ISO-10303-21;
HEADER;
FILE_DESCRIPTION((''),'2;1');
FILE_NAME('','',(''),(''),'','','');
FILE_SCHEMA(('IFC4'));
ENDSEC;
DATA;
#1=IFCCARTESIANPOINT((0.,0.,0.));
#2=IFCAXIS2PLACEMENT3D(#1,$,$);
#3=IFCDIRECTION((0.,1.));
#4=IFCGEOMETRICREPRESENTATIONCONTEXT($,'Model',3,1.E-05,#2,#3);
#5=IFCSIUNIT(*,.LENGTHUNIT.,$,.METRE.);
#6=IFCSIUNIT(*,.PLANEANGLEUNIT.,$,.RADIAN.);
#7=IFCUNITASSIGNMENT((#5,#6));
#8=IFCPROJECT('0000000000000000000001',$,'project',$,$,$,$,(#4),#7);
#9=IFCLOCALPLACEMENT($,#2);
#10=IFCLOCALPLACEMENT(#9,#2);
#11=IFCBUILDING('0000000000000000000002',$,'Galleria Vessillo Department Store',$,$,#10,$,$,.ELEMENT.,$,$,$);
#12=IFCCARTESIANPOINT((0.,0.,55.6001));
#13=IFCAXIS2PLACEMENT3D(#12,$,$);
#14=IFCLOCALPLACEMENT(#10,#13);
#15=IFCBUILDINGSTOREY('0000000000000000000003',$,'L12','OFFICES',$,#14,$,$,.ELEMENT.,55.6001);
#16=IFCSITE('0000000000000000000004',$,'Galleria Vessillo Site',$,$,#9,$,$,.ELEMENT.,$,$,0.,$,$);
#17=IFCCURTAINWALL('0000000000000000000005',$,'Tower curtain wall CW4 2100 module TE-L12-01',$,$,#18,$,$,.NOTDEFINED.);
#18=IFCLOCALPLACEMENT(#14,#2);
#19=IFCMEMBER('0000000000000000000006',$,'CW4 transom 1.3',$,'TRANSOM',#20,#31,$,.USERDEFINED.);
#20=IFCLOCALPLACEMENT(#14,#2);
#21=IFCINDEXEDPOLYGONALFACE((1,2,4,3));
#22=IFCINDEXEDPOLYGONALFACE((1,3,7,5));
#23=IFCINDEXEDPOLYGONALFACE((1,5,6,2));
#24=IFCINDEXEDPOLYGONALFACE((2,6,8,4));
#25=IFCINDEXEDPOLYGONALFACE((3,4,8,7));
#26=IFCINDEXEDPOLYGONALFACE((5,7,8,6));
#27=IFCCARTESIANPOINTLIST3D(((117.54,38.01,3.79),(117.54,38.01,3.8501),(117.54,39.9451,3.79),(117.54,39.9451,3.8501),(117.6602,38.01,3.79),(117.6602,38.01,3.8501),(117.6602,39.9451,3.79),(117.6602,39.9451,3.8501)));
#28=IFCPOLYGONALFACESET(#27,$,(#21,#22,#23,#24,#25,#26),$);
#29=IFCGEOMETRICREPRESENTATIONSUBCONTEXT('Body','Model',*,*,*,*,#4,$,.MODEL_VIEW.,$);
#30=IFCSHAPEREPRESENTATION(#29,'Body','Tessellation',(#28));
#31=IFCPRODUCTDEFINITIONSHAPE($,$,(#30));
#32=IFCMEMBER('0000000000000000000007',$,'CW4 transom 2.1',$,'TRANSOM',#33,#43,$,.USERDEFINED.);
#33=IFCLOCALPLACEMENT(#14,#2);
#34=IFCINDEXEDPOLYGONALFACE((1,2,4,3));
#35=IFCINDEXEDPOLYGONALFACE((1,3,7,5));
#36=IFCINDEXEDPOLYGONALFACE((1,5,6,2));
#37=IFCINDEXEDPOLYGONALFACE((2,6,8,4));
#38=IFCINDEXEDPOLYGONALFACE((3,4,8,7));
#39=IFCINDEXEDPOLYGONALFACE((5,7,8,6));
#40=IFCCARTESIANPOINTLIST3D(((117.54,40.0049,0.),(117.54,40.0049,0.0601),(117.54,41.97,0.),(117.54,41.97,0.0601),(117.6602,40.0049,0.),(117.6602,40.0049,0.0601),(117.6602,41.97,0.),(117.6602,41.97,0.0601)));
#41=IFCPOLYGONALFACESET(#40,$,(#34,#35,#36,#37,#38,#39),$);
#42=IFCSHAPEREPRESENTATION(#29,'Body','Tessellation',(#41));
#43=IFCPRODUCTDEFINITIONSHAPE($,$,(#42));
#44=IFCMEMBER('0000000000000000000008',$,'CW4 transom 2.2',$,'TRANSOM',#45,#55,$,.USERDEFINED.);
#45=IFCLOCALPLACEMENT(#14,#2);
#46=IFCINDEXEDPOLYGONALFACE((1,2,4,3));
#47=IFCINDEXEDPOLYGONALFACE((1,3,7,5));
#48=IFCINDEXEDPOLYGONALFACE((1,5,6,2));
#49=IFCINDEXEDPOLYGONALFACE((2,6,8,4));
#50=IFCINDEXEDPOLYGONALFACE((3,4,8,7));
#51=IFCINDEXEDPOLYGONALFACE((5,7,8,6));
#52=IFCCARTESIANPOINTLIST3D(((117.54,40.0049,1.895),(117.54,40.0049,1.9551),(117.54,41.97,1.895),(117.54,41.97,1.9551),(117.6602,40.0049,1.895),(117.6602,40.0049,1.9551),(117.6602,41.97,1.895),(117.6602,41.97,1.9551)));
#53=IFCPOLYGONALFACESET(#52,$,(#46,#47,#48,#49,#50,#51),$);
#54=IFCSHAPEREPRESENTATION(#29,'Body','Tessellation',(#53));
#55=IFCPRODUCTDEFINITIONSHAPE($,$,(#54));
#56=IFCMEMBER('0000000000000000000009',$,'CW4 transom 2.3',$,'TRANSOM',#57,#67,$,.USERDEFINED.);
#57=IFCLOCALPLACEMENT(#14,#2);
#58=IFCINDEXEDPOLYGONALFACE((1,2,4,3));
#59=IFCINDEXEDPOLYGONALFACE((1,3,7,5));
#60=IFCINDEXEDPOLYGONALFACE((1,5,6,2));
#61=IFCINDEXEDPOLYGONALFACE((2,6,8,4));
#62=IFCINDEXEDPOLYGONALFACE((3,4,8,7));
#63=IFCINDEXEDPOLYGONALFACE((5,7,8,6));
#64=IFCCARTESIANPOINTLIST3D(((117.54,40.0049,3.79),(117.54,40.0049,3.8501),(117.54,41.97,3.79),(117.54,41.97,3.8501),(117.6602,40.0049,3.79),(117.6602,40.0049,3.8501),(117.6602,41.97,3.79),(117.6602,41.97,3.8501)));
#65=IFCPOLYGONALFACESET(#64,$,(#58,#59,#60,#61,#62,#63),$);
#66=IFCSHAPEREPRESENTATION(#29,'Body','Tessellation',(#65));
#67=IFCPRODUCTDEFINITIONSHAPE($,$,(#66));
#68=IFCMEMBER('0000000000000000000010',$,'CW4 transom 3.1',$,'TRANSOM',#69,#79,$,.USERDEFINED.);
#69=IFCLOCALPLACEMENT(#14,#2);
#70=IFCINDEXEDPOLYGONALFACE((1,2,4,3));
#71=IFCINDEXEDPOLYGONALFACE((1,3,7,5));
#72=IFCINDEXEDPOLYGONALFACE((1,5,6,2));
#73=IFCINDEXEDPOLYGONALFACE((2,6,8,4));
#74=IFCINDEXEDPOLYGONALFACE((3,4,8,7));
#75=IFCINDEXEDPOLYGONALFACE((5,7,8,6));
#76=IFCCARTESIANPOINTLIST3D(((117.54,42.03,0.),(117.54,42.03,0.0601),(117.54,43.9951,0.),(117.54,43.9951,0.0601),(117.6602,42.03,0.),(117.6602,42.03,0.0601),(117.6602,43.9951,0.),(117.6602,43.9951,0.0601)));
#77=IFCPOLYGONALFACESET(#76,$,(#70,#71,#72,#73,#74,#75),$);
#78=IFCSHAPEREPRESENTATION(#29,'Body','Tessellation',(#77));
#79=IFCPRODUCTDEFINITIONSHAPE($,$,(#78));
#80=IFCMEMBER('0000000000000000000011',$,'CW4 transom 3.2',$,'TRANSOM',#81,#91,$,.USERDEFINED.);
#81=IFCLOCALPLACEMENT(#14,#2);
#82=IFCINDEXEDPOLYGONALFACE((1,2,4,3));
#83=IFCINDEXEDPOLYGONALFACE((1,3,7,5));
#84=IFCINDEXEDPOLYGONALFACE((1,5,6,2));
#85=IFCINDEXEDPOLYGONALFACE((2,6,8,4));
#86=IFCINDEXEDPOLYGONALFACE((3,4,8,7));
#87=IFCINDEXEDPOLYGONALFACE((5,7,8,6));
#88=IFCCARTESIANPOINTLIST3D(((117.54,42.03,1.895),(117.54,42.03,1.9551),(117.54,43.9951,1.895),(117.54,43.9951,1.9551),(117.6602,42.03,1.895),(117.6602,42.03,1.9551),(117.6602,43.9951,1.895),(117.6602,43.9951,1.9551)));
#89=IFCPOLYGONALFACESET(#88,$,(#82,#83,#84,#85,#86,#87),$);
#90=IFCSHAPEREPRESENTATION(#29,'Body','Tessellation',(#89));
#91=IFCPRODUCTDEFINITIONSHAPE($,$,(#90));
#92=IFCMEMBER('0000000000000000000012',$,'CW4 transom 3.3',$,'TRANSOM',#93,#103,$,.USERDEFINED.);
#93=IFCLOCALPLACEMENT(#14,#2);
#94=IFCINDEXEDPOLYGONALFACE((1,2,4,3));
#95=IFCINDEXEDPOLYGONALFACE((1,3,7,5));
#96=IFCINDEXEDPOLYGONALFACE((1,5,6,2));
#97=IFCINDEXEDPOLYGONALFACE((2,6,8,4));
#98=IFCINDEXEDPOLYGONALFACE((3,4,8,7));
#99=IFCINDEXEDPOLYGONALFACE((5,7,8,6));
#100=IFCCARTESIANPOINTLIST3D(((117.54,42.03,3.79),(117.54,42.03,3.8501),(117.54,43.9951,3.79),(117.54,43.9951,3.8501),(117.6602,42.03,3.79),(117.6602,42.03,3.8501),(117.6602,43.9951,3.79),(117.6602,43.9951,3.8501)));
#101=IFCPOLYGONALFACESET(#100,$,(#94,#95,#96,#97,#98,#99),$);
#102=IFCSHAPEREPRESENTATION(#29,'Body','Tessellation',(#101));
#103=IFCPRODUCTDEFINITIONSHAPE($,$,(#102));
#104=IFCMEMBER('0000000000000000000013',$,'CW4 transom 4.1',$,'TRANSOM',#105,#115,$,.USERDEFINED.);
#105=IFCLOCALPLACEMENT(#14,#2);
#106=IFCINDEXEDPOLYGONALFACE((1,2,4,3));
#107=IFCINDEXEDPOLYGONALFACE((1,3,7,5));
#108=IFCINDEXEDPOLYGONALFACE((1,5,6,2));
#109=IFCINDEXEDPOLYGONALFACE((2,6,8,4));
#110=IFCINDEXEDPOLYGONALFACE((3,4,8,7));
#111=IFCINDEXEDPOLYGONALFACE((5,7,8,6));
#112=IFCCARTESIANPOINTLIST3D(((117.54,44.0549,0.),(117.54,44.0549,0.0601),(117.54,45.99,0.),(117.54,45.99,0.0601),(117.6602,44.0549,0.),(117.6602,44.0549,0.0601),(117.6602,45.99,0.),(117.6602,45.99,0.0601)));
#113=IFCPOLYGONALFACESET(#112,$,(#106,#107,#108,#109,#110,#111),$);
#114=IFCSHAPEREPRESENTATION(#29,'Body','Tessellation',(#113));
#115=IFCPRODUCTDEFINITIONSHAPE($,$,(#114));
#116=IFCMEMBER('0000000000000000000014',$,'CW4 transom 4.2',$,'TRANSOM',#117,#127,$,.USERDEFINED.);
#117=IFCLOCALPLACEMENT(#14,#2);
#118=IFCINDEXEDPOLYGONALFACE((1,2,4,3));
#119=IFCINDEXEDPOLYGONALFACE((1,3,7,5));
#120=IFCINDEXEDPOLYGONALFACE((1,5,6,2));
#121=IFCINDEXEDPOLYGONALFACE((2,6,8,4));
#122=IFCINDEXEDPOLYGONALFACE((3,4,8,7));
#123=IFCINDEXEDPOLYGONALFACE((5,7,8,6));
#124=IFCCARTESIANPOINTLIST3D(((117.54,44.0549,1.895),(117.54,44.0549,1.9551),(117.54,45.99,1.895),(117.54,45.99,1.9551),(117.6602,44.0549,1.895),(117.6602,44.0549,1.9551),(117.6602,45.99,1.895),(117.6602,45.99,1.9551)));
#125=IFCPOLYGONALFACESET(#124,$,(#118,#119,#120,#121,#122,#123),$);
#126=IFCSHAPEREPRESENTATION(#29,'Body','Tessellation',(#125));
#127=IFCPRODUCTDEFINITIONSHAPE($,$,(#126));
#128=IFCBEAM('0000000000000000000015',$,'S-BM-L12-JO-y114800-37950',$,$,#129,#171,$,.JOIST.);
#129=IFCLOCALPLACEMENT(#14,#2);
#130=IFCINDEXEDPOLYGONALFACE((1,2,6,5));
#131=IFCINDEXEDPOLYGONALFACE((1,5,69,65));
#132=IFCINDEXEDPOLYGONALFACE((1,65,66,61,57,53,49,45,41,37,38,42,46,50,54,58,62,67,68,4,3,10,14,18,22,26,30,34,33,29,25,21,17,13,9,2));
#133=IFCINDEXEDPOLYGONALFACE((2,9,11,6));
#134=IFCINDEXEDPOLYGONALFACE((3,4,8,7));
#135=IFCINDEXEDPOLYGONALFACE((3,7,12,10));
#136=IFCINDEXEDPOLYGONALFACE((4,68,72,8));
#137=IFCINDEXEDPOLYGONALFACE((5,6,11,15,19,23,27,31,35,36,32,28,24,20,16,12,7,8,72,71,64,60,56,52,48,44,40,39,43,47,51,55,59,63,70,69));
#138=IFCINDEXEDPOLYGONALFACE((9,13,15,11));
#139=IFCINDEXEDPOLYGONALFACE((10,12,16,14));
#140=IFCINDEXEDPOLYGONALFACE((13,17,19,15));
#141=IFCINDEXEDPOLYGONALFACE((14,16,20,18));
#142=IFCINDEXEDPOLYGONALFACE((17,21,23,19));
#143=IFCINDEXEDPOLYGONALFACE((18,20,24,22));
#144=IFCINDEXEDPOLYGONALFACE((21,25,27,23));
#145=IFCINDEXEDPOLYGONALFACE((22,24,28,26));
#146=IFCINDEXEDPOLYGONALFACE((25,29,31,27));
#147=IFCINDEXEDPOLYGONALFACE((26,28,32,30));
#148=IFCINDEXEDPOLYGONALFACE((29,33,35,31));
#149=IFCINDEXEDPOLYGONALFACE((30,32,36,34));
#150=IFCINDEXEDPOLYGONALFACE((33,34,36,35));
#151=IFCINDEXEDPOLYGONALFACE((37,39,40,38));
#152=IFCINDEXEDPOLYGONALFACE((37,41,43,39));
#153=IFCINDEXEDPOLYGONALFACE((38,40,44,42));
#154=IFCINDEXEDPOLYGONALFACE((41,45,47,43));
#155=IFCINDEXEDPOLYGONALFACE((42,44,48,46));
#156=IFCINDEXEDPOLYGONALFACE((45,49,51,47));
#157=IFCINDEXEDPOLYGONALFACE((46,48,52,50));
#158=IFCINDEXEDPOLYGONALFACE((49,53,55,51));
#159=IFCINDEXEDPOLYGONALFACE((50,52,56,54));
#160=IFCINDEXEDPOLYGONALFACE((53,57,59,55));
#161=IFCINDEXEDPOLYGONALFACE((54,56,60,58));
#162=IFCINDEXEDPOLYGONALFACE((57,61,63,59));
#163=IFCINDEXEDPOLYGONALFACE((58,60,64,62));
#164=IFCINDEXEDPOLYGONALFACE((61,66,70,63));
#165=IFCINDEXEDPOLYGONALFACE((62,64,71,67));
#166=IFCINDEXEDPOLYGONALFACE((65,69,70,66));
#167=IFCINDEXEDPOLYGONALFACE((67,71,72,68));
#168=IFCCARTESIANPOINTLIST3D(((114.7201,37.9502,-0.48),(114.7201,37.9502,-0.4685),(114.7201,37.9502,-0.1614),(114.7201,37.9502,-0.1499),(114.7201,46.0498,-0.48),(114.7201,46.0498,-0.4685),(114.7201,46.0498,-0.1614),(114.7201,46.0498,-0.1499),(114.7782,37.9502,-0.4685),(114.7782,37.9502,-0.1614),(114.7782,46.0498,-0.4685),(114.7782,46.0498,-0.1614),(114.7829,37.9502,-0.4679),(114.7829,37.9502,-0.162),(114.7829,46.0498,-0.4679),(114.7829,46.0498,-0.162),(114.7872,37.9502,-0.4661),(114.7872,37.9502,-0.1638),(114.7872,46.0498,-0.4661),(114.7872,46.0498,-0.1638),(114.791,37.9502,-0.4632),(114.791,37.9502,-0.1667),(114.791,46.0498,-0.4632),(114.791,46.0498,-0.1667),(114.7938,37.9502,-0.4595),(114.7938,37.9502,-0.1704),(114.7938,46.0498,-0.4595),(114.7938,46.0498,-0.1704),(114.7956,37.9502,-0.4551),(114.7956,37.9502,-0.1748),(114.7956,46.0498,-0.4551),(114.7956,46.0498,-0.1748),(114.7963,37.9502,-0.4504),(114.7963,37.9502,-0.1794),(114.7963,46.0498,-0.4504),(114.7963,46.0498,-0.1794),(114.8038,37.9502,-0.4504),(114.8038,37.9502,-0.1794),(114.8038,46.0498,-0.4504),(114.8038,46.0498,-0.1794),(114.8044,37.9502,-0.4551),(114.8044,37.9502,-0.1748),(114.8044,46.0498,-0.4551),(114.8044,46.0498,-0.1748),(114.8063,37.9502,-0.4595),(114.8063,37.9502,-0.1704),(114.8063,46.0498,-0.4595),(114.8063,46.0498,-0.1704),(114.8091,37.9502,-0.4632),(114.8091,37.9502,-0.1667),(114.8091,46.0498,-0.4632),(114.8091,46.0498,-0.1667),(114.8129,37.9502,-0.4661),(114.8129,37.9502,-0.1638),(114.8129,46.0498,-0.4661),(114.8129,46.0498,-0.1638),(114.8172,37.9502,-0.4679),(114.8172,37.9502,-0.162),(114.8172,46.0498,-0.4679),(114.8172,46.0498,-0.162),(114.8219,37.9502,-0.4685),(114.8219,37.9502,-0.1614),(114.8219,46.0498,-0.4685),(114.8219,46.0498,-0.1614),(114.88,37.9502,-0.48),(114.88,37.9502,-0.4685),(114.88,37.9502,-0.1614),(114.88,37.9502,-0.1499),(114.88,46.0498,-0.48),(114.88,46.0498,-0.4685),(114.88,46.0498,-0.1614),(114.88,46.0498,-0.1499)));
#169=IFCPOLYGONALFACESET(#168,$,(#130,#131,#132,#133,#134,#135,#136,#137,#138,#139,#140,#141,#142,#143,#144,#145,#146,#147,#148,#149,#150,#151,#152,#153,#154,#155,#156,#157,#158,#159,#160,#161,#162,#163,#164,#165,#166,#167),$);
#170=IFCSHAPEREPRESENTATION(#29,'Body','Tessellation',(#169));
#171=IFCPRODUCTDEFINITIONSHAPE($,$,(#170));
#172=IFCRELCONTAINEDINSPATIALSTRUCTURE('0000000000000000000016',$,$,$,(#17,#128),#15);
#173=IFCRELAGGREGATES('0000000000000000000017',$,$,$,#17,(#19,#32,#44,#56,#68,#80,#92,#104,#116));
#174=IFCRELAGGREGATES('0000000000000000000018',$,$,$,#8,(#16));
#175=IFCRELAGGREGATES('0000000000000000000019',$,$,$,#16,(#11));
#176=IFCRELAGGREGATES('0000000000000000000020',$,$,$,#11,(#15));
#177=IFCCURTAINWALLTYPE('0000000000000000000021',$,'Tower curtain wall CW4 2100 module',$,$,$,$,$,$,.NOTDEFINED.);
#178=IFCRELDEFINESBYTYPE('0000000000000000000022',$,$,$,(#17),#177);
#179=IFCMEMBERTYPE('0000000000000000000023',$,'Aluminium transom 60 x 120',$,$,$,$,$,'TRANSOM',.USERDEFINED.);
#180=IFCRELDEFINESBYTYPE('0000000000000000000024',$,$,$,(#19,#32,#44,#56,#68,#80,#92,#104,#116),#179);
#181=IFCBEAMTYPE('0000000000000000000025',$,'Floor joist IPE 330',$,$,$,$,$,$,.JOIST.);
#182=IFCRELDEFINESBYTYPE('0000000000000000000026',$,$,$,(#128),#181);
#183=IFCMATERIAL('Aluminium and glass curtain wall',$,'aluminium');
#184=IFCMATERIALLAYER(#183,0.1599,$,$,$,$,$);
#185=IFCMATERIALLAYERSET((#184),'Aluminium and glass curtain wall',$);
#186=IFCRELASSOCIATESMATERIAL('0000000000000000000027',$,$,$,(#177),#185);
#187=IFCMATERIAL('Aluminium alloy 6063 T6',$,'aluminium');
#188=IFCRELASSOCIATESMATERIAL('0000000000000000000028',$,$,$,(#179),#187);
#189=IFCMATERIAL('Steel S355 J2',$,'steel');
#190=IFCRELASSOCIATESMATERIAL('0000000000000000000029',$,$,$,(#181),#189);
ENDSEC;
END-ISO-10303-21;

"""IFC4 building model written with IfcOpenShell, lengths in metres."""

from ifc_helpers import new_model, si_unit, direction, frame, origin, origin_2d, place, context, subcontext, project, spatial, rectangle, i_section, extrude, material, layer, layer_set, material_profile, profile_set, type_object, element, aggregate, save


model = new_model("IFC4")

# Units and contexts
model_context = context("Model", 3, precision=1e-05, world=origin(), true_north=direction((0.0, 1.0)))
body_context = subcontext(model_context, "Body", "Model", "MODEL_VIEW")
ifc_project = project(units=[si_unit("LENGTHUNIT", "METRE"), si_unit("PLANEANGLEUNIT", "RADIAN")], contexts=[model_context])

# Site, building, storey
site_placement = place(None, origin())
site = spatial("IfcSite", under=ifc_project, at=site_placement, Name="Galleria Vessillo Site", CompositionType="ELEMENT", RefElevation=0.0)
building_placement = place(site_placement, origin())
building = spatial("IfcBuilding", under=site, at=building_placement, Name="Galleria Vessillo Department Store", CompositionType="ELEMENT")
storey_placement = place(building_placement, frame((0.0, 0.0, 55.6001)))
storey = spatial("IfcBuildingStorey", under=building, at=storey_placement, Name="L12", Description="OFFICES", CompositionType="ELEMENT", Elevation=55.6001)

# Curtain wall
ifc_material_1 = material(Name="Aluminium and glass curtain wall", Category="aluminium")
ifc_layer_1 = layer(ifc_material_1, 0.1599)
ifc_layer_set_1 = layer_set([ifc_layer_1], Name="Aluminium and glass curtain wall")
curtain_wall_type = type_object("IfcCurtainWallType", Name="Tower curtain wall CW4 2100 module", PredefinedType="NOTDEFINED", material=ifc_layer_set_1)
curtain_wall_1_placement = place(storey_placement, origin())
curtain_wall_1 = element("IfcCurtainWall", 1, at=curtain_wall_1_placement, inside=storey, type_object=curtain_wall_type, Name="Tower curtain wall CW4 2100 module TE-L12-01", PredefinedType="NOTDEFINED")

# Members
ifc_material_2 = material(Name="Aluminium alloy 6063 T6", Category="aluminium")
ifc_material_profile_1 = material_profile(ifc_material_2, rectangle(XDim=0.1201, YDim=0.0601, at=origin_2d()), Name="AL 60x120")
ifc_profile_set_1 = profile_set([ifc_material_profile_1], Name="Aluminium alloy 6063 T6")
member_type_1 = type_object("IfcMemberType", Name="Aluminium transom 60 x 120", ElementType="TRANSOM", PredefinedType="USERDEFINED", material=ifc_profile_set_1)
member_1_placement = place(storey_placement, frame((117.6001, 38.01, 3.8201), z_axis=(0.0, 1.0, 0.0), x_axis=(-1.0, 0.0, 0.0)))
member_1 = element("IfcMember", 2, at=member_1_placement, type_object=member_type_1, Name="CW4 transom 1.3", ObjectType="TRANSOM", PredefinedType="USERDEFINED", context=body_context, shape_type="SweptSolid", body=[
    extrude(rectangle(XDim=0.1201, YDim=0.0601, at=origin_2d()), origin(), (0.0, 0.0, 1.0), 1.9351),
])
member_2_placement = place(storey_placement, frame((117.6001, 40.0049, 0.03), z_axis=(0.0, 1.0, 0.0), x_axis=(-1.0, 0.0, 0.0)))
member_2 = element("IfcMember", 3, at=member_2_placement, type_object=member_type_1, Name="CW4 transom 2.1", ObjectType="TRANSOM", PredefinedType="USERDEFINED", context=body_context, shape_type="SweptSolid", body=[
    extrude(rectangle(XDim=0.1201, YDim=0.0601, at=origin_2d()), origin(), (0.0, 0.0, 1.0), 1.9651),
])
member_3_placement = place(storey_placement, frame((117.6001, 40.0049, 1.925), z_axis=(0.0, 1.0, 0.0), x_axis=(-1.0, 0.0, 0.0)))
member_3 = element("IfcMember", 4, at=member_3_placement, type_object=member_type_1, Name="CW4 transom 2.2", ObjectType="TRANSOM", PredefinedType="USERDEFINED", context=body_context, shape_type="SweptSolid", body=[
    extrude(rectangle(XDim=0.1201, YDim=0.0601, at=origin_2d()), origin(), (0.0, 0.0, 1.0), 1.9651),
])
member_4_placement = place(storey_placement, frame((117.6001, 40.0049, 3.8201), z_axis=(0.0, 1.0, 0.0), x_axis=(-1.0, 0.0, 0.0)))
member_4 = element("IfcMember", 5, at=member_4_placement, type_object=member_type_1, Name="CW4 transom 2.3", ObjectType="TRANSOM", PredefinedType="USERDEFINED", context=body_context, shape_type="SweptSolid", body=[
    extrude(rectangle(XDim=0.1201, YDim=0.0601, at=origin_2d()), origin(), (0.0, 0.0, 1.0), 1.9651),
])
member_5_placement = place(storey_placement, frame((117.6001, 42.03, 0.03), z_axis=(0.0, 1.0, 0.0), x_axis=(-1.0, 0.0, 0.0)))
member_5 = element("IfcMember", 6, at=member_5_placement, type_object=member_type_1, Name="CW4 transom 3.1", ObjectType="TRANSOM", PredefinedType="USERDEFINED", context=body_context, shape_type="SweptSolid", body=[
    extrude(rectangle(XDim=0.1201, YDim=0.0601, at=origin_2d()), origin(), (0.0, 0.0, 1.0), 1.9651),
])
member_6_placement = place(storey_placement, frame((117.6001, 42.03, 1.925), z_axis=(0.0, 1.0, 0.0), x_axis=(-1.0, 0.0, 0.0)))
member_6 = element("IfcMember", 7, at=member_6_placement, type_object=member_type_1, Name="CW4 transom 3.2", ObjectType="TRANSOM", PredefinedType="USERDEFINED", context=body_context, shape_type="SweptSolid", body=[
    extrude(rectangle(XDim=0.1201, YDim=0.0601, at=origin_2d()), origin(), (0.0, 0.0, 1.0), 1.9651),
])
member_7_placement = place(storey_placement, frame((117.6001, 42.03, 3.8201), z_axis=(0.0, 1.0, 0.0), x_axis=(-1.0, 0.0, 0.0)))
member_7 = element("IfcMember", 8, at=member_7_placement, type_object=member_type_1, Name="CW4 transom 3.3", ObjectType="TRANSOM", PredefinedType="USERDEFINED", context=body_context, shape_type="SweptSolid", body=[
    extrude(rectangle(XDim=0.1201, YDim=0.0601, at=origin_2d()), origin(), (0.0, 0.0, 1.0), 1.9651),
])
member_8_placement = place(storey_placement, frame((117.6001, 44.0549, 0.03), z_axis=(0.0, 1.0, 0.0), x_axis=(-1.0, 0.0, 0.0)))
member_8 = element("IfcMember", 9, at=member_8_placement, type_object=member_type_1, Name="CW4 transom 4.1", ObjectType="TRANSOM", PredefinedType="USERDEFINED", context=body_context, shape_type="SweptSolid", body=[
    extrude(rectangle(XDim=0.1201, YDim=0.0601, at=origin_2d()), origin(), (0.0, 0.0, 1.0), 1.9351),
])
member_9_placement = place(storey_placement, frame((117.6001, 44.0549, 1.925), z_axis=(0.0, 1.0, 0.0), x_axis=(-1.0, 0.0, 0.0)))
member_9 = element("IfcMember", 10, at=member_9_placement, type_object=member_type_1, Name="CW4 transom 4.2", ObjectType="TRANSOM", PredefinedType="USERDEFINED", context=body_context, shape_type="SweptSolid", body=[
    extrude(rectangle(XDim=0.1201, YDim=0.0601, at=origin_2d()), origin(), (0.0, 0.0, 1.0), 1.9351),
])

# Beam
ifc_material_3 = material(Name="Steel S355 J2", Category="steel")
ifc_material_profile_2 = material_profile(ifc_material_3, i_section(OverallWidth=0.1599, OverallDepth=0.3301, WebThickness=0.0076, FlangeThickness=0.0115, FilletRadius=0.0181, at=origin_2d()), Name="IPE 330")
ifc_profile_set_2 = profile_set([ifc_material_profile_2], Name="Steel S355 J2")
beam_type_1 = type_object("IfcBeamType", Name="Floor joist IPE 330", PredefinedType="JOIST", material=ifc_profile_set_2)
beam_1_placement = place(storey_placement, frame((114.8, 37.9502, -0.3149), z_axis=(0.0, 1.0, 0.0), x_axis=(-1.0, 0.0, 0.0)))
element("IfcBeam", 11, at=beam_1_placement, inside=storey, type_object=beam_type_1, Name="S-BM-L12-JO-y114800-37950", PredefinedType="JOIST", context=body_context, shape_type="SweptSolid", body=[
    extrude(i_section(OverallWidth=0.1599, OverallDepth=0.3301, WebThickness=0.0076, FlangeThickness=0.0115, FilletRadius=0.0181, at=origin_2d()), origin(), (0.0, 0.0, 1.0), 8.0996),
])

aggregate(curtain_wall_1, [member_1, member_2, member_3, member_4, member_5, member_6, member_7, member_8, member_9])

save(model, "model.ifc")
